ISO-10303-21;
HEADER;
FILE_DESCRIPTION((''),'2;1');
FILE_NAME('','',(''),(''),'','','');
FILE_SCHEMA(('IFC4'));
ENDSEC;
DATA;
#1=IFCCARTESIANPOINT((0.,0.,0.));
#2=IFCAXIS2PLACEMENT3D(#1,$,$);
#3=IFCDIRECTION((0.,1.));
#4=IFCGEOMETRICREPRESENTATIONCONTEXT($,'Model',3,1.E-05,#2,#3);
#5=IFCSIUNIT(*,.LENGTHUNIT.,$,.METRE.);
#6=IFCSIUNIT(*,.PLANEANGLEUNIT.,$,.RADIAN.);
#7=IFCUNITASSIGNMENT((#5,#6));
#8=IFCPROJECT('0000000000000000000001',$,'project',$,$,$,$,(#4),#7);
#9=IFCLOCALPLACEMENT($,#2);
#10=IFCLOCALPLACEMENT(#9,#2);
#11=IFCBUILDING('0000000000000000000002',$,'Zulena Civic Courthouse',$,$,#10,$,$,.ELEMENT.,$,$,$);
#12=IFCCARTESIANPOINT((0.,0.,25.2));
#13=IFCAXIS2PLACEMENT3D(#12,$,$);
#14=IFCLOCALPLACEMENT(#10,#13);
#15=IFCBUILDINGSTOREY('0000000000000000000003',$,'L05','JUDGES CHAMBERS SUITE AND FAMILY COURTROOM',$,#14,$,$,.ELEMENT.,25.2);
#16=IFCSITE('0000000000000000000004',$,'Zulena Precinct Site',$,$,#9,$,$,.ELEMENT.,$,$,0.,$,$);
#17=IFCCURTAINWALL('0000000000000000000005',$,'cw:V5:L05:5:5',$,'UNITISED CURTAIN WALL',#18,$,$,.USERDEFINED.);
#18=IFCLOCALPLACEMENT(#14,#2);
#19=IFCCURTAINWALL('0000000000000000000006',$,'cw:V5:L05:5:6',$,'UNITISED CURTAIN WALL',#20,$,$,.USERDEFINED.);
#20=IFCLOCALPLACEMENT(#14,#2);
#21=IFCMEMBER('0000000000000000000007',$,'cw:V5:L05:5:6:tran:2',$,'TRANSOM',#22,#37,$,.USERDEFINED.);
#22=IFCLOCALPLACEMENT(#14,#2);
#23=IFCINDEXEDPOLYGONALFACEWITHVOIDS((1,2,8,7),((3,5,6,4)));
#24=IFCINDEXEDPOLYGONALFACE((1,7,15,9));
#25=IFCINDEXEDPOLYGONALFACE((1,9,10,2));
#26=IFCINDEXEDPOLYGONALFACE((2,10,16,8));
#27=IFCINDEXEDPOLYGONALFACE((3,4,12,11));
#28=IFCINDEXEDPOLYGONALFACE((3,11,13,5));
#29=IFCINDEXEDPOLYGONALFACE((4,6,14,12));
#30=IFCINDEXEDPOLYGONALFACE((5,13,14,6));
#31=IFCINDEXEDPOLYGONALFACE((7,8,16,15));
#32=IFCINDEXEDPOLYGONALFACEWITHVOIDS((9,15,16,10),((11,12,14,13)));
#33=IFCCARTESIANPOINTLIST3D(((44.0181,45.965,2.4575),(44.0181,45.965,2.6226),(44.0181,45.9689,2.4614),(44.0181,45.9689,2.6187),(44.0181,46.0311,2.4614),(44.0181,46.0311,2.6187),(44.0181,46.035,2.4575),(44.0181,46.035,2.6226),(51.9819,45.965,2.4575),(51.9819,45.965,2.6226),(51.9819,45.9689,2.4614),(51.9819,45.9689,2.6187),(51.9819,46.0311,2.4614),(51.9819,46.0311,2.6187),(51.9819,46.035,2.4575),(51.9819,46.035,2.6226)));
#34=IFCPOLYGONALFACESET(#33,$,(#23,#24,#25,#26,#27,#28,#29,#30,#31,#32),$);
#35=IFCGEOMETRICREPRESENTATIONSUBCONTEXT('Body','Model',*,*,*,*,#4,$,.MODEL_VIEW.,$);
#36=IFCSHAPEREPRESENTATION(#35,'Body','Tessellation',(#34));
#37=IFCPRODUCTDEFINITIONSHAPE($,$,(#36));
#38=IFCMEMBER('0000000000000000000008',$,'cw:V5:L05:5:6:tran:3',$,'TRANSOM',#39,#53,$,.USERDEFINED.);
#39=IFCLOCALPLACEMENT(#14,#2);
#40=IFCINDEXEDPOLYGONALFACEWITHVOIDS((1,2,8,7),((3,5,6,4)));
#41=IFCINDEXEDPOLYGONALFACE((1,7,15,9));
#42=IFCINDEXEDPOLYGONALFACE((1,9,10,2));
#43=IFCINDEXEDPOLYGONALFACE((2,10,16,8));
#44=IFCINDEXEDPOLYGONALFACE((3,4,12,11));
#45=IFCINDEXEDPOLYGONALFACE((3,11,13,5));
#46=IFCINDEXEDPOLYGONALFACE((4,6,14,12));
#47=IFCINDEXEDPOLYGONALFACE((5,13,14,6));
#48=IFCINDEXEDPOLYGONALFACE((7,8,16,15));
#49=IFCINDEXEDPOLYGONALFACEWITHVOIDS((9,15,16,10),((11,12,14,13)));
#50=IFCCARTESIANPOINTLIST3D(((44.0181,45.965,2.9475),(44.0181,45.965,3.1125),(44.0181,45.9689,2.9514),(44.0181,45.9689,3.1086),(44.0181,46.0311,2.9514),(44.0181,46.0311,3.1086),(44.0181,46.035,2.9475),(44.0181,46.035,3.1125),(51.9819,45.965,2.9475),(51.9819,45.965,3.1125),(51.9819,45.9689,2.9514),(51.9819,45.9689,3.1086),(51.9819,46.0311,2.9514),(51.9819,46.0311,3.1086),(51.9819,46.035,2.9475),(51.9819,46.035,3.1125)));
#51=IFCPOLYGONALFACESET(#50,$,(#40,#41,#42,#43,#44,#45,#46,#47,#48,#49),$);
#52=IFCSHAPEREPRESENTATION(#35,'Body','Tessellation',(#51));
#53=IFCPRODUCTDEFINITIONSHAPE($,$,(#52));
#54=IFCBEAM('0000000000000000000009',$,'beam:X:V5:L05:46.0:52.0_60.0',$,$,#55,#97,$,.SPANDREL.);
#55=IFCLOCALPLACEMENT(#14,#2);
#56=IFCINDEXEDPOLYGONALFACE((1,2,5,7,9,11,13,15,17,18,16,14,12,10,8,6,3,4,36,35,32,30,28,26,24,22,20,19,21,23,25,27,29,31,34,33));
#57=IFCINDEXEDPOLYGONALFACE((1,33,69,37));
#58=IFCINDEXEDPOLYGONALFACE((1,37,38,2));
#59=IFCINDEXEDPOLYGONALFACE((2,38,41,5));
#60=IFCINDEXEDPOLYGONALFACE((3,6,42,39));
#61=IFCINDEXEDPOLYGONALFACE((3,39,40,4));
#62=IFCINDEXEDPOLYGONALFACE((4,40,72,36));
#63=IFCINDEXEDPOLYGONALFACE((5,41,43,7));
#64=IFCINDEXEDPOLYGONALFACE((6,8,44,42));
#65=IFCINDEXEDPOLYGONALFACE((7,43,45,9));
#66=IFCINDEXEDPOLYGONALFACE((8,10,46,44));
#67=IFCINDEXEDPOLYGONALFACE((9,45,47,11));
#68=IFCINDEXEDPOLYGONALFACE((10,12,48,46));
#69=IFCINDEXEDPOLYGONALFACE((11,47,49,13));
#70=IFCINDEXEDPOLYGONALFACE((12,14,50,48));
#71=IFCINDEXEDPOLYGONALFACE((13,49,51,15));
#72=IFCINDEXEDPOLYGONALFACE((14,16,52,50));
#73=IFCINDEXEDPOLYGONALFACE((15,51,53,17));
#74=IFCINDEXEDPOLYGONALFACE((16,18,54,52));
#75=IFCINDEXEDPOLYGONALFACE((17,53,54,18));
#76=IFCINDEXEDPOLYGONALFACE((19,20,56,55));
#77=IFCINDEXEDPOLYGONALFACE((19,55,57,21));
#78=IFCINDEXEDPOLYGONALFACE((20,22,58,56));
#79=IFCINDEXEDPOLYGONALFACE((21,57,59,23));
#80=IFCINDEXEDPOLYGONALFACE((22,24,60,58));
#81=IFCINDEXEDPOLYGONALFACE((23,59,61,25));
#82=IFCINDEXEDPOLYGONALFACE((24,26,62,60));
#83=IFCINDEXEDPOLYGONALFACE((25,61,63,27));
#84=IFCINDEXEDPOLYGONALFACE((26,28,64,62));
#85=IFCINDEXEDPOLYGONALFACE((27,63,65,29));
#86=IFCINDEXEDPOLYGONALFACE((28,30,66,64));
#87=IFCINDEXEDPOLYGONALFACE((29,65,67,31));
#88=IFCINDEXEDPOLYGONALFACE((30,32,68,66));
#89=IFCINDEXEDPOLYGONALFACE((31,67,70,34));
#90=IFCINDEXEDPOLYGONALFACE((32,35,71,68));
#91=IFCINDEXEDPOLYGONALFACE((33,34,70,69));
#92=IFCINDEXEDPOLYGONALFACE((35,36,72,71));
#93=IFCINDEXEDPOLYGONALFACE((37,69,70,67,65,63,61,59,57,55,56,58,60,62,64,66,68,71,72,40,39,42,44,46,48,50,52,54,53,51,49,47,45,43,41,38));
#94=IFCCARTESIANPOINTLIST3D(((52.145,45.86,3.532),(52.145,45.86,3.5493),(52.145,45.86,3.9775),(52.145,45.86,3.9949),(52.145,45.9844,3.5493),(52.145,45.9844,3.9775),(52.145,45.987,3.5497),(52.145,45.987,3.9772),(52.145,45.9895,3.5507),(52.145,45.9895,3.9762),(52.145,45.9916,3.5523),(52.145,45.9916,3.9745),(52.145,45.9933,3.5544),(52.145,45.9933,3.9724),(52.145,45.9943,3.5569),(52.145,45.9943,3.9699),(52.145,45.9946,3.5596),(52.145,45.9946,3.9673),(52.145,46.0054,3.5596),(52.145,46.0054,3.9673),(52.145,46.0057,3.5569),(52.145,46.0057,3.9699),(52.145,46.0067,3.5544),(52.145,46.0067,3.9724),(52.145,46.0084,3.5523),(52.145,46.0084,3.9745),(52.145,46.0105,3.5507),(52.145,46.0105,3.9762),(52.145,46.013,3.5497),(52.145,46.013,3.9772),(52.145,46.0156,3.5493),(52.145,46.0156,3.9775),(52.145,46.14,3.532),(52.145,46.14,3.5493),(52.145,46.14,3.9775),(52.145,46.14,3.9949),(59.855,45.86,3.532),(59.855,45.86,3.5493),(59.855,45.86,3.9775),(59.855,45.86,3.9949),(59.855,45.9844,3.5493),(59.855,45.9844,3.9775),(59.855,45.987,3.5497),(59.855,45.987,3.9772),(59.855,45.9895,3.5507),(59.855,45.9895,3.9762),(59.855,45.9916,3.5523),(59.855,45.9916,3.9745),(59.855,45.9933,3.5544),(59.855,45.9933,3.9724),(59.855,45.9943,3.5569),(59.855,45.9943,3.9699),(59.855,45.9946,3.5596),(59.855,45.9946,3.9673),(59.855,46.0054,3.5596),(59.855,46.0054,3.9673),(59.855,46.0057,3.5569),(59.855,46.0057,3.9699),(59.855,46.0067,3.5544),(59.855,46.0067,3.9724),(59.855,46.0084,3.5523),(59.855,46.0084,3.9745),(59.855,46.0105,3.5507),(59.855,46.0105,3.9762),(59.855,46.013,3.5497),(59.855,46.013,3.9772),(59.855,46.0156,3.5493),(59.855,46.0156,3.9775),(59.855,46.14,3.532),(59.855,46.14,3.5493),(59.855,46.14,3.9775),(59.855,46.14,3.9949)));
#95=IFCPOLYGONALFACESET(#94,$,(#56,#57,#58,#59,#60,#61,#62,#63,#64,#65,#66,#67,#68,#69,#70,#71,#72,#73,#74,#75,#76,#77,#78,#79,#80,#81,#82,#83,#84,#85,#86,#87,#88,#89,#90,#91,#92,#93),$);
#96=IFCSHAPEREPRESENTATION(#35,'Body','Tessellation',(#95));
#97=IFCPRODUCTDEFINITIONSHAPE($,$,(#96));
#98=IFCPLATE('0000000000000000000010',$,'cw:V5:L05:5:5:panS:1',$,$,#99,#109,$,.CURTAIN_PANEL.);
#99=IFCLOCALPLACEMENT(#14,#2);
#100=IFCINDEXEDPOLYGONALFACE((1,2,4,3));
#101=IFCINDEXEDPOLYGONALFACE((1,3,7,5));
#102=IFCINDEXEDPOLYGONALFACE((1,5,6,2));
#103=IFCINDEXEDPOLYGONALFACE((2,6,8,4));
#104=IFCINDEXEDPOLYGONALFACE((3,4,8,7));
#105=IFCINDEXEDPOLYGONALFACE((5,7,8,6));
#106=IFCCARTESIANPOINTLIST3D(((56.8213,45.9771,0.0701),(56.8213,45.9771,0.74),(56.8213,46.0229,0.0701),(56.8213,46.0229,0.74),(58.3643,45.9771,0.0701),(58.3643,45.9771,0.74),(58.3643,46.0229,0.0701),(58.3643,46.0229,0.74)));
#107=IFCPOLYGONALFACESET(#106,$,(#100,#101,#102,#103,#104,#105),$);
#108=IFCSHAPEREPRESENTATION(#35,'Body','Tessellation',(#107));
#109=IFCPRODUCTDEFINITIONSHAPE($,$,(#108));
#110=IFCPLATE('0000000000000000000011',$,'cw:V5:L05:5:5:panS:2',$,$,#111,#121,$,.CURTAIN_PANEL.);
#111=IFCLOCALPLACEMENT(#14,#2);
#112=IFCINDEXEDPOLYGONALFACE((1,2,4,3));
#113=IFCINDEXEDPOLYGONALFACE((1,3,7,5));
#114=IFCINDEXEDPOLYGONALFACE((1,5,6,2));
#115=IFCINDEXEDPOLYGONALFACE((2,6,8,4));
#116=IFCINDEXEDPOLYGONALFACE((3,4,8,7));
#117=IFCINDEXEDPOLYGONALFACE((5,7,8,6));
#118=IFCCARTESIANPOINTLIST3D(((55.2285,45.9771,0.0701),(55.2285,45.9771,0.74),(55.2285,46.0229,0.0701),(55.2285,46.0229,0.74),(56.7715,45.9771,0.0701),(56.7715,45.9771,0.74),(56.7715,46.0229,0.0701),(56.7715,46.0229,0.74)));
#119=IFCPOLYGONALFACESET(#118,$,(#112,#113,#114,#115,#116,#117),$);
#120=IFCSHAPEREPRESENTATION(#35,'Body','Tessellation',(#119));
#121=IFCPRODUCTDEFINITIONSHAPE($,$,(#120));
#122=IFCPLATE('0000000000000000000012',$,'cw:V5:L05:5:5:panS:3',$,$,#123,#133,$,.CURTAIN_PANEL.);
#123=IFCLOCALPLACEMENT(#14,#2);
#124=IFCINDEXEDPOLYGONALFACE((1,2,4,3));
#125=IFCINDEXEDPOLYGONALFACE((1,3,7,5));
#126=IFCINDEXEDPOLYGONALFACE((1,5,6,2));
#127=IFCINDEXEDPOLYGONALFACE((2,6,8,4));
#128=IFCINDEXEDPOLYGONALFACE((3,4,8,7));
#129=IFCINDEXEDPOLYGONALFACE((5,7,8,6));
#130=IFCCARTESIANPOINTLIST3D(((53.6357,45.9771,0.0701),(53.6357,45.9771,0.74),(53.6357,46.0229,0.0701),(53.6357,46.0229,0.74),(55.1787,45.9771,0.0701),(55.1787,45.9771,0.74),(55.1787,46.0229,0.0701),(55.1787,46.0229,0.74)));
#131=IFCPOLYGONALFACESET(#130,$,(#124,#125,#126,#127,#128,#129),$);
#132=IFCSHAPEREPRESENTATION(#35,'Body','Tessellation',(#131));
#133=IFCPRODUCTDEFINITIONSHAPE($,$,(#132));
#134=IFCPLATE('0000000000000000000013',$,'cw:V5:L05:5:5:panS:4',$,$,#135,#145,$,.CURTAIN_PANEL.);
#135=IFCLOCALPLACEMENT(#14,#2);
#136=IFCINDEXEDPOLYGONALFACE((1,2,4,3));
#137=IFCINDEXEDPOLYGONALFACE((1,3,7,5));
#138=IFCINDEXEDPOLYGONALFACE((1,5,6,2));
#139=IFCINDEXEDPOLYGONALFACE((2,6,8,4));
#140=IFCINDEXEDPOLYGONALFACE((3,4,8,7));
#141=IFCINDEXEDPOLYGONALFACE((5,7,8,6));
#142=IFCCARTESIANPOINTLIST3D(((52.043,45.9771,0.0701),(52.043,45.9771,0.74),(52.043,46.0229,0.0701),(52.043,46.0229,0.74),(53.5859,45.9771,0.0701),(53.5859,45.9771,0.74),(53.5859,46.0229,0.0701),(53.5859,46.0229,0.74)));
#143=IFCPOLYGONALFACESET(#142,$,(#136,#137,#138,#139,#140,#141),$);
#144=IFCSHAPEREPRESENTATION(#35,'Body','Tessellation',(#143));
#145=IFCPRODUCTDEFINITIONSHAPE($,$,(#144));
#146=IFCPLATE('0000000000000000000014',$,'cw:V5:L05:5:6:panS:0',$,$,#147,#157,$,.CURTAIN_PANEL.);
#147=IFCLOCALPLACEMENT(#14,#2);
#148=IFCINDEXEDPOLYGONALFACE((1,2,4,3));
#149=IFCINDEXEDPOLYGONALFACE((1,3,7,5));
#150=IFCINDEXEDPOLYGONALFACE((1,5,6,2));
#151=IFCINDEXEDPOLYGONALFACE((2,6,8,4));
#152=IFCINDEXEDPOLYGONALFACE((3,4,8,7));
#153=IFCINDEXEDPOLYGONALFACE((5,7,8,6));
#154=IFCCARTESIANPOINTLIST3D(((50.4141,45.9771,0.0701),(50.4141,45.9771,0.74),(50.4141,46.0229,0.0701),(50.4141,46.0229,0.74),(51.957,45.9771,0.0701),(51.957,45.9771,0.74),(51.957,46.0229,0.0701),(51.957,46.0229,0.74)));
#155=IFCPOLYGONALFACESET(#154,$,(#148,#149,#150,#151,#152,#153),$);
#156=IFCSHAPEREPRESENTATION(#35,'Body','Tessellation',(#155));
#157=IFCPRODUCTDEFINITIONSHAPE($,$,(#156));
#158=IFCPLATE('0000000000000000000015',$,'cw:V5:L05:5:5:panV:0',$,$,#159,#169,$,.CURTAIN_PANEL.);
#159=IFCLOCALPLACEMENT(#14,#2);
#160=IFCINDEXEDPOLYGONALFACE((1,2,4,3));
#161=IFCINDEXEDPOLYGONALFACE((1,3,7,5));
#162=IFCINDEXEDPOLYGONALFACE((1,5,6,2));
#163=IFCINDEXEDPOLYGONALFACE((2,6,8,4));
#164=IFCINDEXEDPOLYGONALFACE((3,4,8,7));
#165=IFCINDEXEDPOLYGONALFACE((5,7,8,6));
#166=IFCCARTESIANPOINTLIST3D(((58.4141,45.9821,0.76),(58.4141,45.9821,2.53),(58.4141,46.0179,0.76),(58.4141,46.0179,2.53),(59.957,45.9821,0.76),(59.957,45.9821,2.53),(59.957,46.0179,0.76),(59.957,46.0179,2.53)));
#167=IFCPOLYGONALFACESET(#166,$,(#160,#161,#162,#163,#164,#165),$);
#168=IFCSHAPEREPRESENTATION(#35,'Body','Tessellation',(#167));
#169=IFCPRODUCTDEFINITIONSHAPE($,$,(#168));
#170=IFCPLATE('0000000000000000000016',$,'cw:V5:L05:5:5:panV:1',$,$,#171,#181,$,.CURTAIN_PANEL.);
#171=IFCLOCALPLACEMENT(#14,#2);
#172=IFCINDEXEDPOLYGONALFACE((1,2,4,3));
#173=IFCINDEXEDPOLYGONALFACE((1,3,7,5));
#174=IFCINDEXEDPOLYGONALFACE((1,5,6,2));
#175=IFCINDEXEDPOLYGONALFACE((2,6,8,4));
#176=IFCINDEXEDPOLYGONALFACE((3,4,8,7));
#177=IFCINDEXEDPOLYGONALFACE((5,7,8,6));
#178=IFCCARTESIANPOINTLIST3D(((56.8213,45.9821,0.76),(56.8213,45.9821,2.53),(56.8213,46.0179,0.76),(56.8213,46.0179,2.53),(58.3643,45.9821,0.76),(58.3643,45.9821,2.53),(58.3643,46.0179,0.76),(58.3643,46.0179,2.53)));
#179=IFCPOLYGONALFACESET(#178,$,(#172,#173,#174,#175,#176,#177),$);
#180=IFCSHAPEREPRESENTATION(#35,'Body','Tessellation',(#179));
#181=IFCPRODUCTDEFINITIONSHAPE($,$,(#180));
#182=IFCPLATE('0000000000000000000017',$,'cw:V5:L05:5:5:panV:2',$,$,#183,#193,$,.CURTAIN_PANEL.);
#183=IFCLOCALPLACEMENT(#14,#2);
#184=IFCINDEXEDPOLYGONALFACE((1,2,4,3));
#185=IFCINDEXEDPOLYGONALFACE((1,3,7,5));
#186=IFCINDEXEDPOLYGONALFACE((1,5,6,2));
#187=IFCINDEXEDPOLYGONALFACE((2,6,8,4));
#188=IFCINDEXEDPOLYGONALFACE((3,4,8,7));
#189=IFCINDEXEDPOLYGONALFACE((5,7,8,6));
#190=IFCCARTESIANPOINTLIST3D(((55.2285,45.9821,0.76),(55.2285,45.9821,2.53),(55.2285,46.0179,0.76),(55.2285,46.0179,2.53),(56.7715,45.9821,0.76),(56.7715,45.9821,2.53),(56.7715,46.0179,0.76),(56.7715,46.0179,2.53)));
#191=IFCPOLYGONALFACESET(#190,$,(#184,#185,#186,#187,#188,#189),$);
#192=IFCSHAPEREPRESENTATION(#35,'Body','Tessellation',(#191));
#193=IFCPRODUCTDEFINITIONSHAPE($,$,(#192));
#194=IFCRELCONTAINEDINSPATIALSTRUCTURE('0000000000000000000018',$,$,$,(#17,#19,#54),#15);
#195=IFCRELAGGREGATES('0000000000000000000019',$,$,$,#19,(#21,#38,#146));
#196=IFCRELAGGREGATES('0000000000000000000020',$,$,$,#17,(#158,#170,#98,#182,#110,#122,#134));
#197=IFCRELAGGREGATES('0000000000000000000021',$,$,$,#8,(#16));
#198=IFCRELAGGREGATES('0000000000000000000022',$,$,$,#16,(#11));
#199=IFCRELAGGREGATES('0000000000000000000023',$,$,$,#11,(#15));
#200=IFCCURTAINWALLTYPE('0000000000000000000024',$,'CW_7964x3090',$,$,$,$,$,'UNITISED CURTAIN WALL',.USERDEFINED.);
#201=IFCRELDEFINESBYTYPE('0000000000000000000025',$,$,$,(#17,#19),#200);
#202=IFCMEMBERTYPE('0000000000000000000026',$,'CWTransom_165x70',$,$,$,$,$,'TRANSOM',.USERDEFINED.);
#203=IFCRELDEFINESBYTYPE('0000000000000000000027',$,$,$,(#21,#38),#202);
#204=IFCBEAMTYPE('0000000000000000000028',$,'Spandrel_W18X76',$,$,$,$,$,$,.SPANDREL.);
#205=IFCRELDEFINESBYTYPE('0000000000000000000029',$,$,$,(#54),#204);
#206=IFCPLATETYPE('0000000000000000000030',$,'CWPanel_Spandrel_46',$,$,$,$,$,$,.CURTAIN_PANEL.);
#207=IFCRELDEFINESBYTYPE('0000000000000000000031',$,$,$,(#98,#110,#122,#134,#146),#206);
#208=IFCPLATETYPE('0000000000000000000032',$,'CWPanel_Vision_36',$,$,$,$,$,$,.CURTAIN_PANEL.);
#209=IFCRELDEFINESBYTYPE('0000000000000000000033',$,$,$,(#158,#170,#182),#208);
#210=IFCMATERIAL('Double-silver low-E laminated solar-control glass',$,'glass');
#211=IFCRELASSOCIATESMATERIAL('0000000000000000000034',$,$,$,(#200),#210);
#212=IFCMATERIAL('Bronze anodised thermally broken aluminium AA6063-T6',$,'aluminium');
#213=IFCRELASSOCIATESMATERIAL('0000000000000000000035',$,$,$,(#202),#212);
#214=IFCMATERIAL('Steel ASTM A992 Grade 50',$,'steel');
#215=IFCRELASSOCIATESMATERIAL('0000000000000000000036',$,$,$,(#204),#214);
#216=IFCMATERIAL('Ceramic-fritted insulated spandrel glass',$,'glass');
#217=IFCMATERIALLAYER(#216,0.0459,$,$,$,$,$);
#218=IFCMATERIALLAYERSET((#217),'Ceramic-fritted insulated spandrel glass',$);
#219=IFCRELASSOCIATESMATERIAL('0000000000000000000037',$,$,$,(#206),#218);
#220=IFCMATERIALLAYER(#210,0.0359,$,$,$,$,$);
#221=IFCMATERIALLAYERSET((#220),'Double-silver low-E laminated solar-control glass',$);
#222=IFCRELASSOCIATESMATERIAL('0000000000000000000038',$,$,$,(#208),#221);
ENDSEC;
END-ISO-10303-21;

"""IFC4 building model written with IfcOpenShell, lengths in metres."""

from ifc_helpers import new_model, si_unit, direction, frame, origin, origin_2d, place, context, subcontext, project, spatial, rectangle, hollow_rectangle, i_section, extrude, material, layer, layer_set, material_profile, profile_set, type_object, element, aggregate, save


model = new_model("IFC4")

# Units and contexts
model_context = context("Model", 3, precision=1e-05, world=origin(), true_north=direction((0.0, 1.0)))
body_context = subcontext(model_context, "Body", "Model", "MODEL_VIEW")
ifc_project = project(units=[si_unit("LENGTHUNIT", "METRE"), si_unit("PLANEANGLEUNIT", "RADIAN")], contexts=[model_context])

# Site, building, storey
site_placement = place(None, origin())
site = spatial("IfcSite", under=ifc_project, at=site_placement, Name="Zulena Precinct Site", CompositionType="ELEMENT", RefElevation=0.0)
building_placement = place(site_placement, origin())
building = spatial("IfcBuilding", under=site, at=building_placement, Name="Zulena Civic Courthouse", CompositionType="ELEMENT")
storey_placement = place(building_placement, frame((0.0, 0.0, 25.2)))
storey = spatial("IfcBuildingStorey", under=building, at=storey_placement, Name="L05", Description="JUDGES CHAMBERS SUITE AND FAMILY COURTROOM", CompositionType="ELEMENT", Elevation=25.2)

# Shared definitions
ifc_material_1 = material(Name="Steel ASTM A992 Grade 50", Category="steel")

# Curtain walls, members
ifc_material_2 = material(Name="Double-silver low-E laminated solar-control glass", Category="glass")
curtain_wall_type = type_object("IfcCurtainWallType", Name="CW_7964x3090", ElementType="UNITISED CURTAIN WALL", PredefinedType="USERDEFINED", material=ifc_material_2)
curtain_wall_1_placement = place(storey_placement, origin())
curtain_wall_1 = element("IfcCurtainWall", 1, at=curtain_wall_1_placement, inside=storey, type_object=curtain_wall_type, Name="cw:V5:L05:5:5", ObjectType="UNITISED CURTAIN WALL", PredefinedType="USERDEFINED")
ifc_material_3 = material(Name="Bronze anodised thermally broken aluminium AA6063-T6", Category="aluminium")
curtain_wall_2_placement = place(storey_placement, origin())
curtain_wall_2 = element("IfcCurtainWall", 2, at=curtain_wall_2_placement, inside=storey, type_object=curtain_wall_type, Name="cw:V5:L05:5:6", ObjectType="UNITISED CURTAIN WALL", PredefinedType="USERDEFINED")
ifc_material_profile_1 = material_profile(ifc_material_3, hollow_rectangle(XDim=0.0701, YDim=0.165, WallThickness=0.0039, at=origin_2d()), Name="CWT165X70X4")
ifc_profile_set_1 = profile_set([ifc_material_profile_1], Name="Bronze anodised thermally broken aluminium AA6063-T6")
member_type_1 = type_object("IfcMemberType", Name="CWTransom_165x70", ElementType="TRANSOM", PredefinedType="USERDEFINED", material=ifc_profile_set_1)
member_1_placement = place(storey_placement, frame((51.9819, 46.0, 2.54), z_axis=(-1.0, 0.0, 0.0), x_axis=(0.0, -1.0, 0.0)))
member_1 = element("IfcMember", 3, at=member_1_placement, type_object=member_type_1, Name="cw:V5:L05:5:6:tran:2", ObjectType="TRANSOM", PredefinedType="USERDEFINED", context=body_context, shape_type="SweptSolid", body=[
    extrude(hollow_rectangle(XDim=0.0701, YDim=0.165, WallThickness=0.0039, at=origin_2d()), origin(), (0.0, 0.0, 1.0), 7.9639),
])
member_2_placement = place(storey_placement, frame((51.9819, 46.0, 3.03), z_axis=(-1.0, 0.0, 0.0), x_axis=(0.0, -1.0, 0.0)))
member_2 = element("IfcMember", 4, at=member_2_placement, type_object=member_type_1, Name="cw:V5:L05:5:6:tran:3", ObjectType="TRANSOM", PredefinedType="USERDEFINED", context=body_context, shape_type="SweptSolid", body=[
    extrude(hollow_rectangle(XDim=0.0701, YDim=0.165, WallThickness=0.0039, at=origin_2d()), origin(), (0.0, 0.0, 1.0), 7.9639),
])

# Beam
ifc_material_profile_2 = material_profile(ifc_material_1, i_section(OverallWidth=0.28, OverallDepth=0.4629, WebThickness=0.0107, FlangeThickness=0.0173, FilletRadius=0.0103, at=origin_2d()), Name="W18X76")
ifc_profile_set_2 = profile_set([ifc_material_profile_2], Name="Steel ASTM A992 Grade 50")
beam_type = type_object("IfcBeamType", Name="Spandrel_W18X76", PredefinedType="SPANDREL", material=ifc_profile_set_2)
beam_placement = place(storey_placement, frame((52.145, 46.0, 3.7634), z_axis=(1.0, 0.0, 0.0), x_axis=(0.0, 1.0, 0.0)))
element("IfcBeam", 5, at=beam_placement, inside=storey, type_object=beam_type, Name="beam:X:V5:L05:46.0:52.0_60.0", PredefinedType="SPANDREL", context=body_context, shape_type="SweptSolid", body=[
    extrude(i_section(OverallWidth=0.28, OverallDepth=0.4629, WebThickness=0.0107, FlangeThickness=0.0173, FilletRadius=0.0103, at=origin_2d()), origin(), (0.0, 0.0, 1.0), 7.71),
])

# Plates
ifc_material_4 = material(Name="Ceramic-fritted insulated spandrel glass", Category="glass")
ifc_layer_1 = layer(ifc_material_4, 0.0459)
ifc_layer_set_1 = layer_set([ifc_layer_1], Name="Ceramic-fritted insulated spandrel glass")
plate_type_1 = type_object("IfcPlateType", Name="CWPanel_Spandrel_46", PredefinedType="CURTAIN_PANEL", material=ifc_layer_set_1)
plate_1_placement = place(storey_placement, frame((57.5928, 46.0, 0.0701), z_axis=(0.0, 0.0, 1.0), x_axis=(-1.0, 0.0, 0.0)))
plate_1 = element("IfcPlate", 6, at=plate_1_placement, type_object=plate_type_1, Name="cw:V5:L05:5:5:panS:1", PredefinedType="CURTAIN_PANEL", context=body_context, shape_type="SweptSolid", body=[
    extrude(rectangle(XDim=1.543, YDim=0.0459, at=origin_2d()), origin(), (0.0, 0.0, 1.0), 0.6699),
])
plate_2_placement = place(storey_placement, frame((56.0, 46.0, 0.0701), z_axis=(0.0, 0.0, 1.0), x_axis=(-1.0, 0.0, 0.0)))
plate_2 = element("IfcPlate", 7, at=plate_2_placement, type_object=plate_type_1, Name="cw:V5:L05:5:5:panS:2", PredefinedType="CURTAIN_PANEL", context=body_context, shape_type="SweptSolid", body=[
    extrude(rectangle(XDim=1.543, YDim=0.0459, at=origin_2d()), origin(), (0.0, 0.0, 1.0), 0.6699),
])
plate_3_placement = place(storey_placement, frame((54.4072, 46.0, 0.0701), z_axis=(0.0, 0.0, 1.0), x_axis=(-1.0, 0.0, 0.0)))
plate_3 = element("IfcPlate", 8, at=plate_3_placement, type_object=plate_type_1, Name="cw:V5:L05:5:5:panS:3", PredefinedType="CURTAIN_PANEL", context=body_context, shape_type="SweptSolid", body=[
    extrude(rectangle(XDim=1.543, YDim=0.0459, at=origin_2d()), origin(), (0.0, 0.0, 1.0), 0.6699),
])
plate_4_placement = place(storey_placement, frame((52.8145, 46.0, 0.0701), z_axis=(0.0, 0.0, 1.0), x_axis=(-1.0, 0.0, 0.0)))
plate_4 = element("IfcPlate", 9, at=plate_4_placement, type_object=plate_type_1, Name="cw:V5:L05:5:5:panS:4", PredefinedType="CURTAIN_PANEL", context=body_context, shape_type="SweptSolid", body=[
    extrude(rectangle(XDim=1.543, YDim=0.0459, at=origin_2d()), origin(), (0.0, 0.0, 1.0), 0.6699),
])
plate_5_placement = place(storey_placement, frame((51.1855, 46.0, 0.0701), z_axis=(0.0, 0.0, 1.0), x_axis=(-1.0, 0.0, 0.0)))
plate_5 = element("IfcPlate", 10, at=plate_5_placement, type_object=plate_type_1, Name="cw:V5:L05:5:6:panS:0", PredefinedType="CURTAIN_PANEL", context=body_context, shape_type="SweptSolid", body=[
    extrude(rectangle(XDim=1.543, YDim=0.0459, at=origin_2d()), origin(), (0.0, 0.0, 1.0), 0.6699),
])
aggregate(curtain_wall_2, [member_1, member_2, plate_5])
ifc_layer_2 = layer(ifc_material_2, 0.0359)
ifc_layer_set_2 = layer_set([ifc_layer_2], Name="Double-silver low-E laminated solar-control glass")
plate_type_2 = type_object("IfcPlateType", Name="CWPanel_Vision_36", PredefinedType="CURTAIN_PANEL", material=ifc_layer_set_2)
plate_6_placement = place(storey_placement, frame((59.1855, 46.0, 0.76), z_axis=(0.0, 0.0, 1.0), x_axis=(-1.0, 0.0, 0.0)))
plate_6 = element("IfcPlate", 11, at=plate_6_placement, type_object=plate_type_2, Name="cw:V5:L05:5:5:panV:0", PredefinedType="CURTAIN_PANEL", context=body_context, shape_type="SweptSolid", body=[
    extrude(rectangle(XDim=1.543, YDim=0.0359, at=origin_2d()), origin(), (0.0, 0.0, 1.0), 1.77),
])
plate_7_placement = place(storey_placement, frame((57.5928, 46.0, 0.76), z_axis=(0.0, 0.0, 1.0), x_axis=(-1.0, 0.0, 0.0)))
plate_7 = element("IfcPlate", 12, at=plate_7_placement, type_object=plate_type_2, Name="cw:V5:L05:5:5:panV:1", PredefinedType="CURTAIN_PANEL", context=body_context, shape_type="SweptSolid", body=[
    extrude(rectangle(XDim=1.543, YDim=0.0359, at=origin_2d()), origin(), (0.0, 0.0, 1.0), 1.77),
])
plate_8_placement = place(storey_placement, frame((56.0, 46.0, 0.76), z_axis=(0.0, 0.0, 1.0), x_axis=(-1.0, 0.0, 0.0)))
plate_8 = element("IfcPlate", 13, at=plate_8_placement, type_object=plate_type_2, Name="cw:V5:L05:5:5:panV:2", PredefinedType="CURTAIN_PANEL", context=body_context, shape_type="SweptSolid", body=[
    extrude(rectangle(XDim=1.543, YDim=0.0359, at=origin_2d()), origin(), (0.0, 0.0, 1.0), 1.77),
])
aggregate(curtain_wall_1, [plate_6, plate_7, plate_1, plate_8, plate_2, plate_3, plate_4])

save(model, "model.ifc")
